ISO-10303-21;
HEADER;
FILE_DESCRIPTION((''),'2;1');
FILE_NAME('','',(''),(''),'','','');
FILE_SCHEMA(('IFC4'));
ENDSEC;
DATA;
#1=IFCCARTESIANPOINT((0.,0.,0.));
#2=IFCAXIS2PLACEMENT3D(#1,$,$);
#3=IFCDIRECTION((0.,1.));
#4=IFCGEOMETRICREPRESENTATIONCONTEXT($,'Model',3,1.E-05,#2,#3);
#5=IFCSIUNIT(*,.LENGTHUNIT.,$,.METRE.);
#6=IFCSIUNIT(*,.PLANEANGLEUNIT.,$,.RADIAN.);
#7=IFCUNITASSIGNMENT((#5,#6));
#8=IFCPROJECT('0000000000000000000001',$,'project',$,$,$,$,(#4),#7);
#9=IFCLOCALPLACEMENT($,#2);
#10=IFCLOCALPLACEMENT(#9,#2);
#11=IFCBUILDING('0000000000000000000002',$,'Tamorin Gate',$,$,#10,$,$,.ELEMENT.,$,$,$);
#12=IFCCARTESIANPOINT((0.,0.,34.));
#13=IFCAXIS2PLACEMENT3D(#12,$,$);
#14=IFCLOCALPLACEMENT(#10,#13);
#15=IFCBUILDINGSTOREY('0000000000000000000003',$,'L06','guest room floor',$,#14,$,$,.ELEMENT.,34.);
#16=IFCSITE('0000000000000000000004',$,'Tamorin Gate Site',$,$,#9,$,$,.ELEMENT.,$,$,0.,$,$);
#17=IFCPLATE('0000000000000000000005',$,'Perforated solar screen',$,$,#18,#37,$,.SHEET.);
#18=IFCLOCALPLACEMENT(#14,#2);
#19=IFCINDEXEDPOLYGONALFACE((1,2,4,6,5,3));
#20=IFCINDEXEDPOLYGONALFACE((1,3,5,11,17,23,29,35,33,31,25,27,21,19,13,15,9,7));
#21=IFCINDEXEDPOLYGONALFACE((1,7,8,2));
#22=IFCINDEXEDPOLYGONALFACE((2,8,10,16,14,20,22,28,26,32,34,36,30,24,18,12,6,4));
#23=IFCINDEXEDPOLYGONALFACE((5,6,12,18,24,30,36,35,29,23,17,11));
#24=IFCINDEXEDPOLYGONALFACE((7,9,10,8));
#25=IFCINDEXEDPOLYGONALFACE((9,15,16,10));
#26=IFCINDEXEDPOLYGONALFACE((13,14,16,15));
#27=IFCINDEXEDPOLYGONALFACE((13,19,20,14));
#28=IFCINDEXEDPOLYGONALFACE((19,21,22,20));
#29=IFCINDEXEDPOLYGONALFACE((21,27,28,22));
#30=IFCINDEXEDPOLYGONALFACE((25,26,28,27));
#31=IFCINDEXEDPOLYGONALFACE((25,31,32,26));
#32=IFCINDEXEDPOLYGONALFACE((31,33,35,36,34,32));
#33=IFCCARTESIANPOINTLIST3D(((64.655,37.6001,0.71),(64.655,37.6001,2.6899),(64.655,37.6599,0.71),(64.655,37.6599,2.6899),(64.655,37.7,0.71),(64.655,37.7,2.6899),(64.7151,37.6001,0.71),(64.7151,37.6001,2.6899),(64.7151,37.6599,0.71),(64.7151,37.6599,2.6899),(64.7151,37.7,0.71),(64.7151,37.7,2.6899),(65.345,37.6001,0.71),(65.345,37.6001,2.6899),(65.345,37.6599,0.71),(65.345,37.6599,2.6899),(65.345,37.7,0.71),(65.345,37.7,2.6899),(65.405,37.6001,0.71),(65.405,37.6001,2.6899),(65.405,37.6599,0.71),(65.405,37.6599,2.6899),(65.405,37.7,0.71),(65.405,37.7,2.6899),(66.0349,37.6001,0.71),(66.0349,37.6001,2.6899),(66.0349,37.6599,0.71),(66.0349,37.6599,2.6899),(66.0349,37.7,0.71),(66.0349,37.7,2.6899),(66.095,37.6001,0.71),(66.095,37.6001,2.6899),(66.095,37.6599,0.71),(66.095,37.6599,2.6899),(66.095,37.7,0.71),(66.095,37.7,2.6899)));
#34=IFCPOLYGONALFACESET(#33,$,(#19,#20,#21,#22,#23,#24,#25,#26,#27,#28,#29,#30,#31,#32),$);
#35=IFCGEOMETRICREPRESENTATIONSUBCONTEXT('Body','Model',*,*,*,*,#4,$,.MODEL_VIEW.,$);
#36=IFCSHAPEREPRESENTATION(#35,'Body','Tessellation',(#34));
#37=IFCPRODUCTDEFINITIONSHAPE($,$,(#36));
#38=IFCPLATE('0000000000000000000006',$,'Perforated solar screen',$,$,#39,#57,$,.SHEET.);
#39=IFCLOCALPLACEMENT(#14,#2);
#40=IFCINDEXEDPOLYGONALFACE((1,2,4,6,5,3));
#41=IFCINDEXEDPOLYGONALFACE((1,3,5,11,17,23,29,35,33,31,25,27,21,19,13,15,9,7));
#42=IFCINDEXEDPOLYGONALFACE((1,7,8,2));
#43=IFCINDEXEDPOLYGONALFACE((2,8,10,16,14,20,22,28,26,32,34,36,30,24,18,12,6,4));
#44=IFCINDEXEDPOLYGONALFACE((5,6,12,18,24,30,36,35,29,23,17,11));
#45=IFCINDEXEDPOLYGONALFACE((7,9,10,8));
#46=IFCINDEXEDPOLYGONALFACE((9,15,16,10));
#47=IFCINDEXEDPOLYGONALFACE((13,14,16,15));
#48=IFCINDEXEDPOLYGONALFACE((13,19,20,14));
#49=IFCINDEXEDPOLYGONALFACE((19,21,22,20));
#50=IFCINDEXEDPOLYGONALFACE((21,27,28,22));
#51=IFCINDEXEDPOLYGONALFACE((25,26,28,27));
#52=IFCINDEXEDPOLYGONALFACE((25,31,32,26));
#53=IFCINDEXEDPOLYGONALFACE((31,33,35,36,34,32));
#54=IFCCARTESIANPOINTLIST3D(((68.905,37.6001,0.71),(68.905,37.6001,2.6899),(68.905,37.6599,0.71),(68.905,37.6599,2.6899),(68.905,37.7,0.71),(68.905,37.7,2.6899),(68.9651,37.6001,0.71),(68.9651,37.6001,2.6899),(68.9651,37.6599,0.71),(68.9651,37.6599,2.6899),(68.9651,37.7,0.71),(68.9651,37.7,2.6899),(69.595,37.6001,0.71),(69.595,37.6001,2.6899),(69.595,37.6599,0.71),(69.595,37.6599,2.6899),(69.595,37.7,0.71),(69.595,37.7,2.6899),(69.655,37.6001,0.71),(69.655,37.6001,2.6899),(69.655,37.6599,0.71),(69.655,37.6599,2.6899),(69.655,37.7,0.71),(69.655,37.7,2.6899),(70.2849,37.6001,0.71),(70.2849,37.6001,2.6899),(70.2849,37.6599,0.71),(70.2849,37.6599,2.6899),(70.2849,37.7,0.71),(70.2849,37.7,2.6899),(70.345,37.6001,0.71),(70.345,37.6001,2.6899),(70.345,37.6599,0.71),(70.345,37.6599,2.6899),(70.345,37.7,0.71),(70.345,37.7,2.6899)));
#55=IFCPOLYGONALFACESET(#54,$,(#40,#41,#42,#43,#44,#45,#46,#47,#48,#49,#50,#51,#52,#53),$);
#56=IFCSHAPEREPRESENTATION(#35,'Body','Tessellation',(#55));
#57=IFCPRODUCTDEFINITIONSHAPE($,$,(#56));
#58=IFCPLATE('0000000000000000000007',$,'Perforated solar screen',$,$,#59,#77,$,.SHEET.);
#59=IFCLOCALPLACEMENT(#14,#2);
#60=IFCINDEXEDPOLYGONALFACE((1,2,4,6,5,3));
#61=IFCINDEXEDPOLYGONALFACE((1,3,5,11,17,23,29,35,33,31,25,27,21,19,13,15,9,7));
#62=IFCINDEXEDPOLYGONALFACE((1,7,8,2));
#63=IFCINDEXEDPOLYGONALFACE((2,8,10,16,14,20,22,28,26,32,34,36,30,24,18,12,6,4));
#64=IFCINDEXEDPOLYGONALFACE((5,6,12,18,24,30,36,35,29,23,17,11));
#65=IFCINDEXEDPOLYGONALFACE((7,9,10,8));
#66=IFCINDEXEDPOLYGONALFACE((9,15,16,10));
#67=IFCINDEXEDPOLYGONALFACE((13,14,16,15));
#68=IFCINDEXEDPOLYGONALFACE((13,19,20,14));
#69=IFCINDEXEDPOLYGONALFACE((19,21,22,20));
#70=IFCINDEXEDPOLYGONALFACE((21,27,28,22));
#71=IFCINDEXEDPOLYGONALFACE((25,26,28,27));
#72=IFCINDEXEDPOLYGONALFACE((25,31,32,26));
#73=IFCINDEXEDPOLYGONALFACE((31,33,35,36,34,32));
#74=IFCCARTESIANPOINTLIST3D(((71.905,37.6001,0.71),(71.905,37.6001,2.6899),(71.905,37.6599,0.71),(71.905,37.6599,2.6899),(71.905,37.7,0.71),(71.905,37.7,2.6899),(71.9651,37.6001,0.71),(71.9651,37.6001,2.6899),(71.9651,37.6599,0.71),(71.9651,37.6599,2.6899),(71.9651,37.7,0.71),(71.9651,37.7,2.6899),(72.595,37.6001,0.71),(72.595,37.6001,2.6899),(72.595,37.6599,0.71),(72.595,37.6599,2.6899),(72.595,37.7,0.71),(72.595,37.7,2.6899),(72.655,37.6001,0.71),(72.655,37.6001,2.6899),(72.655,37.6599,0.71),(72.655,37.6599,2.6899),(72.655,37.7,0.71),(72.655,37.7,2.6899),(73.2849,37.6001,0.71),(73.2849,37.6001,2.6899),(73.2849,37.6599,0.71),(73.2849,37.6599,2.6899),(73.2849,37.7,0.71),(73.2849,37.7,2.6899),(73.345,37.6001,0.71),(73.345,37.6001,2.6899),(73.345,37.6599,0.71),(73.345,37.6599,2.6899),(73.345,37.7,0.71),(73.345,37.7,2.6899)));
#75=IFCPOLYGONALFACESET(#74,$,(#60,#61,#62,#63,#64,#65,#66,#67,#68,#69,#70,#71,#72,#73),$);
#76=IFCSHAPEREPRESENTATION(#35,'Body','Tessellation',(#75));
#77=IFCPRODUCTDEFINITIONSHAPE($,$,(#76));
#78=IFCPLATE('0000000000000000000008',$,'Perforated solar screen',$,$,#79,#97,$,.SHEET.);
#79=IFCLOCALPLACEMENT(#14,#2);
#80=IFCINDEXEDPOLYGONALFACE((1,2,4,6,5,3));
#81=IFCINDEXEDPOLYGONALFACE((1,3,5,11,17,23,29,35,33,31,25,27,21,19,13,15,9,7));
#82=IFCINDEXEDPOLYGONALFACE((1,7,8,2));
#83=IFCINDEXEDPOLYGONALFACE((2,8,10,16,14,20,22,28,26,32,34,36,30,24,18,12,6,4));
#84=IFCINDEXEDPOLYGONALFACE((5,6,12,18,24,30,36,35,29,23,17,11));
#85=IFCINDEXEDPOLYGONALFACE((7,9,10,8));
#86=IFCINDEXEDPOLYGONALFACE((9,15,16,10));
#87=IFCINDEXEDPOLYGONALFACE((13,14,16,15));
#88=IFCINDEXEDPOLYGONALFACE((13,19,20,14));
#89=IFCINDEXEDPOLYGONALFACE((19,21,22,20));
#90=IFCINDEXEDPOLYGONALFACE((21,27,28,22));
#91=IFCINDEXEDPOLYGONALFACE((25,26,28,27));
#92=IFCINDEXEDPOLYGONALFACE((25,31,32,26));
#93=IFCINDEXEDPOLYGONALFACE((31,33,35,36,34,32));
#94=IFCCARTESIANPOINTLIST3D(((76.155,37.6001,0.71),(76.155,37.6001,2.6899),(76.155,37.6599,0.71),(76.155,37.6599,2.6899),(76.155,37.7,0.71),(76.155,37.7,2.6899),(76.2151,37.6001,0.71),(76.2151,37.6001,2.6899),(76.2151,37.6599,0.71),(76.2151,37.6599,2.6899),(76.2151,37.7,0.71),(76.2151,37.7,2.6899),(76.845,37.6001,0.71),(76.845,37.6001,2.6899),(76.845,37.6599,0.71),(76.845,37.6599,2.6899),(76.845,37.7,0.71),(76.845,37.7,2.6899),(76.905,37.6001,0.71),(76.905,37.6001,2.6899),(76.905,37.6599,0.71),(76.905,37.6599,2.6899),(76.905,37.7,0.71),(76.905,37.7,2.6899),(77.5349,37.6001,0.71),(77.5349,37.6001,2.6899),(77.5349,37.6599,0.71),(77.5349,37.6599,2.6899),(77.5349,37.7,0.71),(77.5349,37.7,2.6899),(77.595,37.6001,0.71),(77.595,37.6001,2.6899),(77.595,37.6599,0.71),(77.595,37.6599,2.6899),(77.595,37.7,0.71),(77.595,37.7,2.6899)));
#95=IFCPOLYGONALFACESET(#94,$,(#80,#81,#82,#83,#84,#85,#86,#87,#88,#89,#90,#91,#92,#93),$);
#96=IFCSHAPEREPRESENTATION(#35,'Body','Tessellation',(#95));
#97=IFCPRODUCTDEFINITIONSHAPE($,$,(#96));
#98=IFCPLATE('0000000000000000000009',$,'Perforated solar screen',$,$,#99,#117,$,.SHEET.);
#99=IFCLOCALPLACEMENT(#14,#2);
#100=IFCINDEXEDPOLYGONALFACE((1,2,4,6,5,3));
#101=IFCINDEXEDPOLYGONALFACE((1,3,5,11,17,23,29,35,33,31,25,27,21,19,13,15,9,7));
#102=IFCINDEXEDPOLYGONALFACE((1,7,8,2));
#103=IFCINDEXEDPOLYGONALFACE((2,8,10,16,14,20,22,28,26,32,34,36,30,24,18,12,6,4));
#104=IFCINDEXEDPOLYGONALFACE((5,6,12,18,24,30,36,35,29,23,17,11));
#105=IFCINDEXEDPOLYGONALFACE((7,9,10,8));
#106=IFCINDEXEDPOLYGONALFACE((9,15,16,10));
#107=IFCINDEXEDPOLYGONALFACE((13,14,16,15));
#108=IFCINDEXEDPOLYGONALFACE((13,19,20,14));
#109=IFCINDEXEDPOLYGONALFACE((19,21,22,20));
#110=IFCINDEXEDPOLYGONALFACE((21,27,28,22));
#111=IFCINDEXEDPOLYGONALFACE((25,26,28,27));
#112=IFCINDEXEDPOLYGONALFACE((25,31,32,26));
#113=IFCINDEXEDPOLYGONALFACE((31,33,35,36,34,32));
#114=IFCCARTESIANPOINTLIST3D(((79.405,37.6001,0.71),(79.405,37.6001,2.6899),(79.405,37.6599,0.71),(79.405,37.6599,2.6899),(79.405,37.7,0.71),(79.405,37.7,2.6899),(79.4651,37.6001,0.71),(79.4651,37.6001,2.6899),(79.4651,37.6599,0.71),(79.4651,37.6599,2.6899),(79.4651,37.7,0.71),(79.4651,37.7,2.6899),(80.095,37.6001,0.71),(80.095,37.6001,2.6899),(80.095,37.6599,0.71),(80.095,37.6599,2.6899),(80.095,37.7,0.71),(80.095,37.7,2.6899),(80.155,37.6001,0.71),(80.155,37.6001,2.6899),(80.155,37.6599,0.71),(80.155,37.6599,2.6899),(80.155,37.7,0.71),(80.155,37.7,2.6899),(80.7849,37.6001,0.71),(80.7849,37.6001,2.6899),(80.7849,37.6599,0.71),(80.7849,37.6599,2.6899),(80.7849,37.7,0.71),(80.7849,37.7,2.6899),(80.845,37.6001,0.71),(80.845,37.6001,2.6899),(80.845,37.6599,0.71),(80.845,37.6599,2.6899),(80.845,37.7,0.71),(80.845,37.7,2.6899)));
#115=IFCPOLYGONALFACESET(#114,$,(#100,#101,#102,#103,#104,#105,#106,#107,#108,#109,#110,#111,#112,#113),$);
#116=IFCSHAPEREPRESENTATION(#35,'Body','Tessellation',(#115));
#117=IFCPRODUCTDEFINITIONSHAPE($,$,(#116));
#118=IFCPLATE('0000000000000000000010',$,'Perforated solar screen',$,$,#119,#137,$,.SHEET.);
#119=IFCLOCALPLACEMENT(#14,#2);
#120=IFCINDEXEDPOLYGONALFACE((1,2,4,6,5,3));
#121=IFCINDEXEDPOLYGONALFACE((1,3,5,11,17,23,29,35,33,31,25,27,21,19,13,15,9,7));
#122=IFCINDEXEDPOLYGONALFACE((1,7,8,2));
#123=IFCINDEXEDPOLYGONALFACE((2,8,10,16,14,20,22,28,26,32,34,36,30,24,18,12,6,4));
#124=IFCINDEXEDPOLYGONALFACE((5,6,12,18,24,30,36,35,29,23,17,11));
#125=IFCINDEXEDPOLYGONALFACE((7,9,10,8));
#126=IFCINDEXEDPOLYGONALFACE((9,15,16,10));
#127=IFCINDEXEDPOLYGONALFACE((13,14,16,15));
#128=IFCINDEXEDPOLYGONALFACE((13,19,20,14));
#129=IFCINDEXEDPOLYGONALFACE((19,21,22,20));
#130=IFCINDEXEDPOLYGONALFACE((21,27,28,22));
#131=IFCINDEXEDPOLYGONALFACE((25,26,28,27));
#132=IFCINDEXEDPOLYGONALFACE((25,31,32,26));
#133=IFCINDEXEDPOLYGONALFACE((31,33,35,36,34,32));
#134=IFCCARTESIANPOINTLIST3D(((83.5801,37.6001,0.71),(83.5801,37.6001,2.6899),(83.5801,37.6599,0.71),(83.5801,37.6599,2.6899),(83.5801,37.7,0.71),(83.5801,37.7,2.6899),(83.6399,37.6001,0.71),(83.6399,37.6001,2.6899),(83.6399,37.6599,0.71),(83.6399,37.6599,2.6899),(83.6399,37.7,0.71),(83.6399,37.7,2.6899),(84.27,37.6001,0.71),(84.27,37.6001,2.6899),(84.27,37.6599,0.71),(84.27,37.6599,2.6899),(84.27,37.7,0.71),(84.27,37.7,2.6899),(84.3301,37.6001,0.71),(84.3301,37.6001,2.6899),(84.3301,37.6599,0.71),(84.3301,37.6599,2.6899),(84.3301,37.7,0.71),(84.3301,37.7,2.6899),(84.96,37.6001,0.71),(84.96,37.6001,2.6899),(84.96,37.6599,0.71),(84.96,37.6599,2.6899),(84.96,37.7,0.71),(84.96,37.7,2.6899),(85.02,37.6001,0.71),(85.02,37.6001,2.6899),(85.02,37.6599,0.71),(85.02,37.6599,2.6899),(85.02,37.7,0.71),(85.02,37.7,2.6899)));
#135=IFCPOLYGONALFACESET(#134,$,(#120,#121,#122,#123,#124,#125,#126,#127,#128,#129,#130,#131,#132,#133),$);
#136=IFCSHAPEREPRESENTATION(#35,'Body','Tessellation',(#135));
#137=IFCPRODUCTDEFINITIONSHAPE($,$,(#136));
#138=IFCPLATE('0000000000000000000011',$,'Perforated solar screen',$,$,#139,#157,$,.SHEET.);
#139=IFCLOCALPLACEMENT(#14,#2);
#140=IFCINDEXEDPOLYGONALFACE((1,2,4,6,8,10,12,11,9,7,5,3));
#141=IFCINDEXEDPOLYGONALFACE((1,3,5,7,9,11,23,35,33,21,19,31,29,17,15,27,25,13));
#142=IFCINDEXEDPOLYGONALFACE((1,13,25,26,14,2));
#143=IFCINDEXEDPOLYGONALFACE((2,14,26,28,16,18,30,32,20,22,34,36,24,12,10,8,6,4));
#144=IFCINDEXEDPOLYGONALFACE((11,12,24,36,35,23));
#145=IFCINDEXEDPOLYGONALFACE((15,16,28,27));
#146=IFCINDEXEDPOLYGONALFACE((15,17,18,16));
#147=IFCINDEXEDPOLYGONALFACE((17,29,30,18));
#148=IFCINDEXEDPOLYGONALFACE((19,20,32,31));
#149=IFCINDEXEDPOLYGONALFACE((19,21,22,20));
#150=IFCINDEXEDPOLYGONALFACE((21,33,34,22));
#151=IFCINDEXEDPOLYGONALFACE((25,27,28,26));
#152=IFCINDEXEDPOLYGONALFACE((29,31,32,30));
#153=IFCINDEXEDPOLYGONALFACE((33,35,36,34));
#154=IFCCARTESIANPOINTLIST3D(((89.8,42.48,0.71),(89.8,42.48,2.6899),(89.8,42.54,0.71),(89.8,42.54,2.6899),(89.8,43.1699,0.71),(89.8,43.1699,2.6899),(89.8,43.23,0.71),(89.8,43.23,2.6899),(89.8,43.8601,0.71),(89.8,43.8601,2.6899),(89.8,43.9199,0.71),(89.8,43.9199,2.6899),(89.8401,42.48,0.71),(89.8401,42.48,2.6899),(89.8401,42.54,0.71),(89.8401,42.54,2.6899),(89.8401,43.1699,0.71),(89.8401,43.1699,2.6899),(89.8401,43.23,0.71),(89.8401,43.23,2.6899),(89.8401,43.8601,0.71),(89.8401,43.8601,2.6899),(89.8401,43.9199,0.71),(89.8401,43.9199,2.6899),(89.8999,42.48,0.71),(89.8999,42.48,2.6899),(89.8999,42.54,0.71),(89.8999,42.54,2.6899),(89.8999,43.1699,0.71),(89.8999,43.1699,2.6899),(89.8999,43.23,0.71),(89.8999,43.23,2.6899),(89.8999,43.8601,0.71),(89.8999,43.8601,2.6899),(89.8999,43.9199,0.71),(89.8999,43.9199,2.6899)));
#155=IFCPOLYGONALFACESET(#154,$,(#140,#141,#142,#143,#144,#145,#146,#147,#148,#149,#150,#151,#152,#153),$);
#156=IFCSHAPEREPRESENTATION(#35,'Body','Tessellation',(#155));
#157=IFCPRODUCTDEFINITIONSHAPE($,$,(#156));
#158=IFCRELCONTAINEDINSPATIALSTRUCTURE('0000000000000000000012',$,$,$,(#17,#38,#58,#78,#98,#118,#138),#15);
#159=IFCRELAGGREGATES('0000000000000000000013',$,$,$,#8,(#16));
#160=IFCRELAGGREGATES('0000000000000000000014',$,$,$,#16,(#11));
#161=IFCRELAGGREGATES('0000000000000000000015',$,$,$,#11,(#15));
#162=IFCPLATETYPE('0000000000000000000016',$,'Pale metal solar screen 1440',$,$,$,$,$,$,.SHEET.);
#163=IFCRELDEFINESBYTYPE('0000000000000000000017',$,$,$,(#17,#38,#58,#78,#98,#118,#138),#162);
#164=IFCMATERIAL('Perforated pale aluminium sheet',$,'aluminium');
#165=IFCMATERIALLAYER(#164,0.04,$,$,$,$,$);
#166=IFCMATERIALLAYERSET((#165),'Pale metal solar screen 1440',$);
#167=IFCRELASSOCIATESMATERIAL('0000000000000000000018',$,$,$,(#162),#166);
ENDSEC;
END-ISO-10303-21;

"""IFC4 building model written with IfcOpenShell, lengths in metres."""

from ifc_helpers import new_model, si_unit, direction, frame, origin, place, context, subcontext, project, spatial, polyline, outline, extrude, material, layer, layer_set, type_object, element, save


model = new_model("IFC4")

# Units and contexts
model_context = context("Model", 3, precision=1e-05, world=origin(), true_north=direction((0.0, 1.0)))
body_context = subcontext(model_context, "Body", "Model", "MODEL_VIEW")
ifc_project = project(units=[si_unit("LENGTHUNIT", "METRE"), si_unit("PLANEANGLEUNIT", "RADIAN")], contexts=[model_context])

# Site, building, storey
site_placement = place(None, origin())
site = spatial("IfcSite", under=ifc_project, at=site_placement, Name="Tamorin Gate Site", CompositionType="ELEMENT", RefElevation=0.0)
building_placement = place(site_placement, origin())
building = spatial("IfcBuilding", under=site, at=building_placement, Name="Tamorin Gate", CompositionType="ELEMENT")
storey_placement = place(building_placement, frame((0.0, 0.0, 34.0)))
storey = spatial("IfcBuildingStorey", under=building, at=storey_placement, Name="L06", Description="guest room floor", CompositionType="ELEMENT", Elevation=34.0)

# Plates
ifc_material_1 = material(Name="Perforated pale aluminium sheet", Category="aluminium")
ifc_layer_1 = layer(ifc_material_1, 0.04)
ifc_layer_set_1 = layer_set([ifc_layer_1], Name="Pale metal solar screen 1440")
plate_type = type_object("IfcPlateType", Name="Pale metal solar screen 1440", PredefinedType="SHEET", material=ifc_layer_set_1)
plate_1_placement = place(storey_placement, frame((0.0, 0.0, 0.71)))
element("IfcPlate", 1, at=plate_1_placement, inside=storey, type_object=plate_type, Name="Perforated solar screen", PredefinedType="SHEET", context=body_context, shape_type="SweptSolid", body=[
    extrude(outline(polyline([(64.655, 37.6599), (64.655, 37.7), (64.7151, 37.7), (65.345, 37.7), (65.405, 37.7), (66.0349, 37.7), (66.095, 37.7), (66.095, 37.6599), (66.095, 37.6001), (66.0349, 37.6001), (66.0349, 37.6599), (65.405, 37.6599), (65.405, 37.6001), (65.345, 37.6001), (65.345, 37.6599), (64.7151, 37.6599), (64.7151, 37.6001), (64.655, 37.6001), (64.655, 37.6599)])), origin(), (0.0, 0.0, 1.0), 1.98),
])
plate_2_placement = place(storey_placement, frame((0.0, 0.0, 0.71)))
element("IfcPlate", 2, at=plate_2_placement, inside=storey, type_object=plate_type, Name="Perforated solar screen", PredefinedType="SHEET", context=body_context, shape_type="SweptSolid", body=[
    extrude(outline(polyline([(68.905, 37.6599), (68.905, 37.7), (68.9651, 37.7), (69.595, 37.7), (69.655, 37.7), (70.2849, 37.7), (70.345, 37.7), (70.345, 37.6599), (70.345, 37.6001), (70.2849, 37.6001), (70.2849, 37.6599), (69.655, 37.6599), (69.655, 37.6001), (69.595, 37.6001), (69.595, 37.6599), (68.9651, 37.6599), (68.9651, 37.6001), (68.905, 37.6001), (68.905, 37.6599)])), origin(), (0.0, 0.0, 1.0), 1.98),
])
plate_3_placement = place(storey_placement, frame((0.0, 0.0, 0.71)))
element("IfcPlate", 3, at=plate_3_placement, inside=storey, type_object=plate_type, Name="Perforated solar screen", PredefinedType="SHEET", context=body_context, shape_type="SweptSolid", body=[
    extrude(outline(polyline([(71.905, 37.6599), (71.905, 37.7), (71.9651, 37.7), (72.595, 37.7), (72.655, 37.7), (73.2849, 37.7), (73.345, 37.7), (73.345, 37.6599), (73.345, 37.6001), (73.2849, 37.6001), (73.2849, 37.6599), (72.655, 37.6599), (72.655, 37.6001), (72.595, 37.6001), (72.595, 37.6599), (71.9651, 37.6599), (71.9651, 37.6001), (71.905, 37.6001), (71.905, 37.6599)])), origin(), (0.0, 0.0, 1.0), 1.98),
])
plate_4_placement = place(storey_placement, frame((0.0, 0.0, 0.71)))
element("IfcPlate", 4, at=plate_4_placement, inside=storey, type_object=plate_type, Name="Perforated solar screen", PredefinedType="SHEET", context=body_context, shape_type="SweptSolid", body=[
    extrude(outline(polyline([(76.155, 37.6599), (76.155, 37.7), (76.2151, 37.7), (76.845, 37.7), (76.905, 37.7), (77.5349, 37.7), (77.595, 37.7), (77.595, 37.6599), (77.595, 37.6001), (77.5349, 37.6001), (77.5349, 37.6599), (76.905, 37.6599), (76.905, 37.6001), (76.845, 37.6001), (76.845, 37.6599), (76.2151, 37.6599), (76.2151, 37.6001), (76.155, 37.6001), (76.155, 37.6599)])), origin(), (0.0, 0.0, 1.0), 1.98),
])
plate_5_placement = place(storey_placement, frame((0.0, 0.0, 0.71)))
element("IfcPlate", 5, at=plate_5_placement, inside=storey, type_object=plate_type, Name="Perforated solar screen", PredefinedType="SHEET", context=body_context, shape_type="SweptSolid", body=[
    extrude(outline(polyline([(79.405, 37.6599), (79.405, 37.7), (79.4651, 37.7), (80.095, 37.7), (80.155, 37.7), (80.7849, 37.7), (80.845, 37.7), (80.845, 37.6599), (80.845, 37.6001), (80.7849, 37.6001), (80.7849, 37.6599), (80.155, 37.6599), (80.155, 37.6001), (80.095, 37.6001), (80.095, 37.6599), (79.4651, 37.6599), (79.4651, 37.6001), (79.405, 37.6001), (79.405, 37.6599)])), origin(), (0.0, 0.0, 1.0), 1.98),
])
plate_6_placement = place(storey_placement, frame((0.0, 0.0, 0.71)))
element("IfcPlate", 6, at=plate_6_placement, inside=storey, type_object=plate_type, Name="Perforated solar screen", PredefinedType="SHEET", context=body_context, shape_type="SweptSolid", body=[
    extrude(outline(polyline([(83.5801, 37.6599), (83.5801, 37.7), (83.6399, 37.7), (84.27, 37.7), (84.3301, 37.7), (84.96, 37.7), (85.02, 37.7), (85.02, 37.6599), (85.02, 37.6001), (84.96, 37.6001), (84.96, 37.6599), (84.3301, 37.6599), (84.3301, 37.6001), (84.27, 37.6001), (84.27, 37.6599), (83.6399, 37.6599), (83.6399, 37.6001), (83.5801, 37.6001), (83.5801, 37.6599)])), origin(), (0.0, 0.0, 1.0), 1.98),
])
plate_7_placement = place(storey_placement, frame((0.0, 0.0, 0.71)))
element("IfcPlate", 7, at=plate_7_placement, inside=storey, type_object=plate_type, Name="Perforated solar screen", PredefinedType="SHEET", context=body_context, shape_type="SweptSolid", body=[
    extrude(outline(polyline([(89.8401, 42.48), (89.8, 42.48), (89.8, 42.54), (89.8, 43.1699), (89.8, 43.23), (89.8, 43.8601), (89.8, 43.9199), (89.8401, 43.9199), (89.8999, 43.9199), (89.8999, 43.8601), (89.8401, 43.8601), (89.8401, 43.23), (89.8999, 43.23), (89.8999, 43.1699), (89.8401, 43.1699), (89.8401, 42.54), (89.8999, 42.54), (89.8999, 42.48), (89.8401, 42.48)])), origin(), (0.0, 0.0, 1.0), 1.98),
])

save(model, "model.ifc")
